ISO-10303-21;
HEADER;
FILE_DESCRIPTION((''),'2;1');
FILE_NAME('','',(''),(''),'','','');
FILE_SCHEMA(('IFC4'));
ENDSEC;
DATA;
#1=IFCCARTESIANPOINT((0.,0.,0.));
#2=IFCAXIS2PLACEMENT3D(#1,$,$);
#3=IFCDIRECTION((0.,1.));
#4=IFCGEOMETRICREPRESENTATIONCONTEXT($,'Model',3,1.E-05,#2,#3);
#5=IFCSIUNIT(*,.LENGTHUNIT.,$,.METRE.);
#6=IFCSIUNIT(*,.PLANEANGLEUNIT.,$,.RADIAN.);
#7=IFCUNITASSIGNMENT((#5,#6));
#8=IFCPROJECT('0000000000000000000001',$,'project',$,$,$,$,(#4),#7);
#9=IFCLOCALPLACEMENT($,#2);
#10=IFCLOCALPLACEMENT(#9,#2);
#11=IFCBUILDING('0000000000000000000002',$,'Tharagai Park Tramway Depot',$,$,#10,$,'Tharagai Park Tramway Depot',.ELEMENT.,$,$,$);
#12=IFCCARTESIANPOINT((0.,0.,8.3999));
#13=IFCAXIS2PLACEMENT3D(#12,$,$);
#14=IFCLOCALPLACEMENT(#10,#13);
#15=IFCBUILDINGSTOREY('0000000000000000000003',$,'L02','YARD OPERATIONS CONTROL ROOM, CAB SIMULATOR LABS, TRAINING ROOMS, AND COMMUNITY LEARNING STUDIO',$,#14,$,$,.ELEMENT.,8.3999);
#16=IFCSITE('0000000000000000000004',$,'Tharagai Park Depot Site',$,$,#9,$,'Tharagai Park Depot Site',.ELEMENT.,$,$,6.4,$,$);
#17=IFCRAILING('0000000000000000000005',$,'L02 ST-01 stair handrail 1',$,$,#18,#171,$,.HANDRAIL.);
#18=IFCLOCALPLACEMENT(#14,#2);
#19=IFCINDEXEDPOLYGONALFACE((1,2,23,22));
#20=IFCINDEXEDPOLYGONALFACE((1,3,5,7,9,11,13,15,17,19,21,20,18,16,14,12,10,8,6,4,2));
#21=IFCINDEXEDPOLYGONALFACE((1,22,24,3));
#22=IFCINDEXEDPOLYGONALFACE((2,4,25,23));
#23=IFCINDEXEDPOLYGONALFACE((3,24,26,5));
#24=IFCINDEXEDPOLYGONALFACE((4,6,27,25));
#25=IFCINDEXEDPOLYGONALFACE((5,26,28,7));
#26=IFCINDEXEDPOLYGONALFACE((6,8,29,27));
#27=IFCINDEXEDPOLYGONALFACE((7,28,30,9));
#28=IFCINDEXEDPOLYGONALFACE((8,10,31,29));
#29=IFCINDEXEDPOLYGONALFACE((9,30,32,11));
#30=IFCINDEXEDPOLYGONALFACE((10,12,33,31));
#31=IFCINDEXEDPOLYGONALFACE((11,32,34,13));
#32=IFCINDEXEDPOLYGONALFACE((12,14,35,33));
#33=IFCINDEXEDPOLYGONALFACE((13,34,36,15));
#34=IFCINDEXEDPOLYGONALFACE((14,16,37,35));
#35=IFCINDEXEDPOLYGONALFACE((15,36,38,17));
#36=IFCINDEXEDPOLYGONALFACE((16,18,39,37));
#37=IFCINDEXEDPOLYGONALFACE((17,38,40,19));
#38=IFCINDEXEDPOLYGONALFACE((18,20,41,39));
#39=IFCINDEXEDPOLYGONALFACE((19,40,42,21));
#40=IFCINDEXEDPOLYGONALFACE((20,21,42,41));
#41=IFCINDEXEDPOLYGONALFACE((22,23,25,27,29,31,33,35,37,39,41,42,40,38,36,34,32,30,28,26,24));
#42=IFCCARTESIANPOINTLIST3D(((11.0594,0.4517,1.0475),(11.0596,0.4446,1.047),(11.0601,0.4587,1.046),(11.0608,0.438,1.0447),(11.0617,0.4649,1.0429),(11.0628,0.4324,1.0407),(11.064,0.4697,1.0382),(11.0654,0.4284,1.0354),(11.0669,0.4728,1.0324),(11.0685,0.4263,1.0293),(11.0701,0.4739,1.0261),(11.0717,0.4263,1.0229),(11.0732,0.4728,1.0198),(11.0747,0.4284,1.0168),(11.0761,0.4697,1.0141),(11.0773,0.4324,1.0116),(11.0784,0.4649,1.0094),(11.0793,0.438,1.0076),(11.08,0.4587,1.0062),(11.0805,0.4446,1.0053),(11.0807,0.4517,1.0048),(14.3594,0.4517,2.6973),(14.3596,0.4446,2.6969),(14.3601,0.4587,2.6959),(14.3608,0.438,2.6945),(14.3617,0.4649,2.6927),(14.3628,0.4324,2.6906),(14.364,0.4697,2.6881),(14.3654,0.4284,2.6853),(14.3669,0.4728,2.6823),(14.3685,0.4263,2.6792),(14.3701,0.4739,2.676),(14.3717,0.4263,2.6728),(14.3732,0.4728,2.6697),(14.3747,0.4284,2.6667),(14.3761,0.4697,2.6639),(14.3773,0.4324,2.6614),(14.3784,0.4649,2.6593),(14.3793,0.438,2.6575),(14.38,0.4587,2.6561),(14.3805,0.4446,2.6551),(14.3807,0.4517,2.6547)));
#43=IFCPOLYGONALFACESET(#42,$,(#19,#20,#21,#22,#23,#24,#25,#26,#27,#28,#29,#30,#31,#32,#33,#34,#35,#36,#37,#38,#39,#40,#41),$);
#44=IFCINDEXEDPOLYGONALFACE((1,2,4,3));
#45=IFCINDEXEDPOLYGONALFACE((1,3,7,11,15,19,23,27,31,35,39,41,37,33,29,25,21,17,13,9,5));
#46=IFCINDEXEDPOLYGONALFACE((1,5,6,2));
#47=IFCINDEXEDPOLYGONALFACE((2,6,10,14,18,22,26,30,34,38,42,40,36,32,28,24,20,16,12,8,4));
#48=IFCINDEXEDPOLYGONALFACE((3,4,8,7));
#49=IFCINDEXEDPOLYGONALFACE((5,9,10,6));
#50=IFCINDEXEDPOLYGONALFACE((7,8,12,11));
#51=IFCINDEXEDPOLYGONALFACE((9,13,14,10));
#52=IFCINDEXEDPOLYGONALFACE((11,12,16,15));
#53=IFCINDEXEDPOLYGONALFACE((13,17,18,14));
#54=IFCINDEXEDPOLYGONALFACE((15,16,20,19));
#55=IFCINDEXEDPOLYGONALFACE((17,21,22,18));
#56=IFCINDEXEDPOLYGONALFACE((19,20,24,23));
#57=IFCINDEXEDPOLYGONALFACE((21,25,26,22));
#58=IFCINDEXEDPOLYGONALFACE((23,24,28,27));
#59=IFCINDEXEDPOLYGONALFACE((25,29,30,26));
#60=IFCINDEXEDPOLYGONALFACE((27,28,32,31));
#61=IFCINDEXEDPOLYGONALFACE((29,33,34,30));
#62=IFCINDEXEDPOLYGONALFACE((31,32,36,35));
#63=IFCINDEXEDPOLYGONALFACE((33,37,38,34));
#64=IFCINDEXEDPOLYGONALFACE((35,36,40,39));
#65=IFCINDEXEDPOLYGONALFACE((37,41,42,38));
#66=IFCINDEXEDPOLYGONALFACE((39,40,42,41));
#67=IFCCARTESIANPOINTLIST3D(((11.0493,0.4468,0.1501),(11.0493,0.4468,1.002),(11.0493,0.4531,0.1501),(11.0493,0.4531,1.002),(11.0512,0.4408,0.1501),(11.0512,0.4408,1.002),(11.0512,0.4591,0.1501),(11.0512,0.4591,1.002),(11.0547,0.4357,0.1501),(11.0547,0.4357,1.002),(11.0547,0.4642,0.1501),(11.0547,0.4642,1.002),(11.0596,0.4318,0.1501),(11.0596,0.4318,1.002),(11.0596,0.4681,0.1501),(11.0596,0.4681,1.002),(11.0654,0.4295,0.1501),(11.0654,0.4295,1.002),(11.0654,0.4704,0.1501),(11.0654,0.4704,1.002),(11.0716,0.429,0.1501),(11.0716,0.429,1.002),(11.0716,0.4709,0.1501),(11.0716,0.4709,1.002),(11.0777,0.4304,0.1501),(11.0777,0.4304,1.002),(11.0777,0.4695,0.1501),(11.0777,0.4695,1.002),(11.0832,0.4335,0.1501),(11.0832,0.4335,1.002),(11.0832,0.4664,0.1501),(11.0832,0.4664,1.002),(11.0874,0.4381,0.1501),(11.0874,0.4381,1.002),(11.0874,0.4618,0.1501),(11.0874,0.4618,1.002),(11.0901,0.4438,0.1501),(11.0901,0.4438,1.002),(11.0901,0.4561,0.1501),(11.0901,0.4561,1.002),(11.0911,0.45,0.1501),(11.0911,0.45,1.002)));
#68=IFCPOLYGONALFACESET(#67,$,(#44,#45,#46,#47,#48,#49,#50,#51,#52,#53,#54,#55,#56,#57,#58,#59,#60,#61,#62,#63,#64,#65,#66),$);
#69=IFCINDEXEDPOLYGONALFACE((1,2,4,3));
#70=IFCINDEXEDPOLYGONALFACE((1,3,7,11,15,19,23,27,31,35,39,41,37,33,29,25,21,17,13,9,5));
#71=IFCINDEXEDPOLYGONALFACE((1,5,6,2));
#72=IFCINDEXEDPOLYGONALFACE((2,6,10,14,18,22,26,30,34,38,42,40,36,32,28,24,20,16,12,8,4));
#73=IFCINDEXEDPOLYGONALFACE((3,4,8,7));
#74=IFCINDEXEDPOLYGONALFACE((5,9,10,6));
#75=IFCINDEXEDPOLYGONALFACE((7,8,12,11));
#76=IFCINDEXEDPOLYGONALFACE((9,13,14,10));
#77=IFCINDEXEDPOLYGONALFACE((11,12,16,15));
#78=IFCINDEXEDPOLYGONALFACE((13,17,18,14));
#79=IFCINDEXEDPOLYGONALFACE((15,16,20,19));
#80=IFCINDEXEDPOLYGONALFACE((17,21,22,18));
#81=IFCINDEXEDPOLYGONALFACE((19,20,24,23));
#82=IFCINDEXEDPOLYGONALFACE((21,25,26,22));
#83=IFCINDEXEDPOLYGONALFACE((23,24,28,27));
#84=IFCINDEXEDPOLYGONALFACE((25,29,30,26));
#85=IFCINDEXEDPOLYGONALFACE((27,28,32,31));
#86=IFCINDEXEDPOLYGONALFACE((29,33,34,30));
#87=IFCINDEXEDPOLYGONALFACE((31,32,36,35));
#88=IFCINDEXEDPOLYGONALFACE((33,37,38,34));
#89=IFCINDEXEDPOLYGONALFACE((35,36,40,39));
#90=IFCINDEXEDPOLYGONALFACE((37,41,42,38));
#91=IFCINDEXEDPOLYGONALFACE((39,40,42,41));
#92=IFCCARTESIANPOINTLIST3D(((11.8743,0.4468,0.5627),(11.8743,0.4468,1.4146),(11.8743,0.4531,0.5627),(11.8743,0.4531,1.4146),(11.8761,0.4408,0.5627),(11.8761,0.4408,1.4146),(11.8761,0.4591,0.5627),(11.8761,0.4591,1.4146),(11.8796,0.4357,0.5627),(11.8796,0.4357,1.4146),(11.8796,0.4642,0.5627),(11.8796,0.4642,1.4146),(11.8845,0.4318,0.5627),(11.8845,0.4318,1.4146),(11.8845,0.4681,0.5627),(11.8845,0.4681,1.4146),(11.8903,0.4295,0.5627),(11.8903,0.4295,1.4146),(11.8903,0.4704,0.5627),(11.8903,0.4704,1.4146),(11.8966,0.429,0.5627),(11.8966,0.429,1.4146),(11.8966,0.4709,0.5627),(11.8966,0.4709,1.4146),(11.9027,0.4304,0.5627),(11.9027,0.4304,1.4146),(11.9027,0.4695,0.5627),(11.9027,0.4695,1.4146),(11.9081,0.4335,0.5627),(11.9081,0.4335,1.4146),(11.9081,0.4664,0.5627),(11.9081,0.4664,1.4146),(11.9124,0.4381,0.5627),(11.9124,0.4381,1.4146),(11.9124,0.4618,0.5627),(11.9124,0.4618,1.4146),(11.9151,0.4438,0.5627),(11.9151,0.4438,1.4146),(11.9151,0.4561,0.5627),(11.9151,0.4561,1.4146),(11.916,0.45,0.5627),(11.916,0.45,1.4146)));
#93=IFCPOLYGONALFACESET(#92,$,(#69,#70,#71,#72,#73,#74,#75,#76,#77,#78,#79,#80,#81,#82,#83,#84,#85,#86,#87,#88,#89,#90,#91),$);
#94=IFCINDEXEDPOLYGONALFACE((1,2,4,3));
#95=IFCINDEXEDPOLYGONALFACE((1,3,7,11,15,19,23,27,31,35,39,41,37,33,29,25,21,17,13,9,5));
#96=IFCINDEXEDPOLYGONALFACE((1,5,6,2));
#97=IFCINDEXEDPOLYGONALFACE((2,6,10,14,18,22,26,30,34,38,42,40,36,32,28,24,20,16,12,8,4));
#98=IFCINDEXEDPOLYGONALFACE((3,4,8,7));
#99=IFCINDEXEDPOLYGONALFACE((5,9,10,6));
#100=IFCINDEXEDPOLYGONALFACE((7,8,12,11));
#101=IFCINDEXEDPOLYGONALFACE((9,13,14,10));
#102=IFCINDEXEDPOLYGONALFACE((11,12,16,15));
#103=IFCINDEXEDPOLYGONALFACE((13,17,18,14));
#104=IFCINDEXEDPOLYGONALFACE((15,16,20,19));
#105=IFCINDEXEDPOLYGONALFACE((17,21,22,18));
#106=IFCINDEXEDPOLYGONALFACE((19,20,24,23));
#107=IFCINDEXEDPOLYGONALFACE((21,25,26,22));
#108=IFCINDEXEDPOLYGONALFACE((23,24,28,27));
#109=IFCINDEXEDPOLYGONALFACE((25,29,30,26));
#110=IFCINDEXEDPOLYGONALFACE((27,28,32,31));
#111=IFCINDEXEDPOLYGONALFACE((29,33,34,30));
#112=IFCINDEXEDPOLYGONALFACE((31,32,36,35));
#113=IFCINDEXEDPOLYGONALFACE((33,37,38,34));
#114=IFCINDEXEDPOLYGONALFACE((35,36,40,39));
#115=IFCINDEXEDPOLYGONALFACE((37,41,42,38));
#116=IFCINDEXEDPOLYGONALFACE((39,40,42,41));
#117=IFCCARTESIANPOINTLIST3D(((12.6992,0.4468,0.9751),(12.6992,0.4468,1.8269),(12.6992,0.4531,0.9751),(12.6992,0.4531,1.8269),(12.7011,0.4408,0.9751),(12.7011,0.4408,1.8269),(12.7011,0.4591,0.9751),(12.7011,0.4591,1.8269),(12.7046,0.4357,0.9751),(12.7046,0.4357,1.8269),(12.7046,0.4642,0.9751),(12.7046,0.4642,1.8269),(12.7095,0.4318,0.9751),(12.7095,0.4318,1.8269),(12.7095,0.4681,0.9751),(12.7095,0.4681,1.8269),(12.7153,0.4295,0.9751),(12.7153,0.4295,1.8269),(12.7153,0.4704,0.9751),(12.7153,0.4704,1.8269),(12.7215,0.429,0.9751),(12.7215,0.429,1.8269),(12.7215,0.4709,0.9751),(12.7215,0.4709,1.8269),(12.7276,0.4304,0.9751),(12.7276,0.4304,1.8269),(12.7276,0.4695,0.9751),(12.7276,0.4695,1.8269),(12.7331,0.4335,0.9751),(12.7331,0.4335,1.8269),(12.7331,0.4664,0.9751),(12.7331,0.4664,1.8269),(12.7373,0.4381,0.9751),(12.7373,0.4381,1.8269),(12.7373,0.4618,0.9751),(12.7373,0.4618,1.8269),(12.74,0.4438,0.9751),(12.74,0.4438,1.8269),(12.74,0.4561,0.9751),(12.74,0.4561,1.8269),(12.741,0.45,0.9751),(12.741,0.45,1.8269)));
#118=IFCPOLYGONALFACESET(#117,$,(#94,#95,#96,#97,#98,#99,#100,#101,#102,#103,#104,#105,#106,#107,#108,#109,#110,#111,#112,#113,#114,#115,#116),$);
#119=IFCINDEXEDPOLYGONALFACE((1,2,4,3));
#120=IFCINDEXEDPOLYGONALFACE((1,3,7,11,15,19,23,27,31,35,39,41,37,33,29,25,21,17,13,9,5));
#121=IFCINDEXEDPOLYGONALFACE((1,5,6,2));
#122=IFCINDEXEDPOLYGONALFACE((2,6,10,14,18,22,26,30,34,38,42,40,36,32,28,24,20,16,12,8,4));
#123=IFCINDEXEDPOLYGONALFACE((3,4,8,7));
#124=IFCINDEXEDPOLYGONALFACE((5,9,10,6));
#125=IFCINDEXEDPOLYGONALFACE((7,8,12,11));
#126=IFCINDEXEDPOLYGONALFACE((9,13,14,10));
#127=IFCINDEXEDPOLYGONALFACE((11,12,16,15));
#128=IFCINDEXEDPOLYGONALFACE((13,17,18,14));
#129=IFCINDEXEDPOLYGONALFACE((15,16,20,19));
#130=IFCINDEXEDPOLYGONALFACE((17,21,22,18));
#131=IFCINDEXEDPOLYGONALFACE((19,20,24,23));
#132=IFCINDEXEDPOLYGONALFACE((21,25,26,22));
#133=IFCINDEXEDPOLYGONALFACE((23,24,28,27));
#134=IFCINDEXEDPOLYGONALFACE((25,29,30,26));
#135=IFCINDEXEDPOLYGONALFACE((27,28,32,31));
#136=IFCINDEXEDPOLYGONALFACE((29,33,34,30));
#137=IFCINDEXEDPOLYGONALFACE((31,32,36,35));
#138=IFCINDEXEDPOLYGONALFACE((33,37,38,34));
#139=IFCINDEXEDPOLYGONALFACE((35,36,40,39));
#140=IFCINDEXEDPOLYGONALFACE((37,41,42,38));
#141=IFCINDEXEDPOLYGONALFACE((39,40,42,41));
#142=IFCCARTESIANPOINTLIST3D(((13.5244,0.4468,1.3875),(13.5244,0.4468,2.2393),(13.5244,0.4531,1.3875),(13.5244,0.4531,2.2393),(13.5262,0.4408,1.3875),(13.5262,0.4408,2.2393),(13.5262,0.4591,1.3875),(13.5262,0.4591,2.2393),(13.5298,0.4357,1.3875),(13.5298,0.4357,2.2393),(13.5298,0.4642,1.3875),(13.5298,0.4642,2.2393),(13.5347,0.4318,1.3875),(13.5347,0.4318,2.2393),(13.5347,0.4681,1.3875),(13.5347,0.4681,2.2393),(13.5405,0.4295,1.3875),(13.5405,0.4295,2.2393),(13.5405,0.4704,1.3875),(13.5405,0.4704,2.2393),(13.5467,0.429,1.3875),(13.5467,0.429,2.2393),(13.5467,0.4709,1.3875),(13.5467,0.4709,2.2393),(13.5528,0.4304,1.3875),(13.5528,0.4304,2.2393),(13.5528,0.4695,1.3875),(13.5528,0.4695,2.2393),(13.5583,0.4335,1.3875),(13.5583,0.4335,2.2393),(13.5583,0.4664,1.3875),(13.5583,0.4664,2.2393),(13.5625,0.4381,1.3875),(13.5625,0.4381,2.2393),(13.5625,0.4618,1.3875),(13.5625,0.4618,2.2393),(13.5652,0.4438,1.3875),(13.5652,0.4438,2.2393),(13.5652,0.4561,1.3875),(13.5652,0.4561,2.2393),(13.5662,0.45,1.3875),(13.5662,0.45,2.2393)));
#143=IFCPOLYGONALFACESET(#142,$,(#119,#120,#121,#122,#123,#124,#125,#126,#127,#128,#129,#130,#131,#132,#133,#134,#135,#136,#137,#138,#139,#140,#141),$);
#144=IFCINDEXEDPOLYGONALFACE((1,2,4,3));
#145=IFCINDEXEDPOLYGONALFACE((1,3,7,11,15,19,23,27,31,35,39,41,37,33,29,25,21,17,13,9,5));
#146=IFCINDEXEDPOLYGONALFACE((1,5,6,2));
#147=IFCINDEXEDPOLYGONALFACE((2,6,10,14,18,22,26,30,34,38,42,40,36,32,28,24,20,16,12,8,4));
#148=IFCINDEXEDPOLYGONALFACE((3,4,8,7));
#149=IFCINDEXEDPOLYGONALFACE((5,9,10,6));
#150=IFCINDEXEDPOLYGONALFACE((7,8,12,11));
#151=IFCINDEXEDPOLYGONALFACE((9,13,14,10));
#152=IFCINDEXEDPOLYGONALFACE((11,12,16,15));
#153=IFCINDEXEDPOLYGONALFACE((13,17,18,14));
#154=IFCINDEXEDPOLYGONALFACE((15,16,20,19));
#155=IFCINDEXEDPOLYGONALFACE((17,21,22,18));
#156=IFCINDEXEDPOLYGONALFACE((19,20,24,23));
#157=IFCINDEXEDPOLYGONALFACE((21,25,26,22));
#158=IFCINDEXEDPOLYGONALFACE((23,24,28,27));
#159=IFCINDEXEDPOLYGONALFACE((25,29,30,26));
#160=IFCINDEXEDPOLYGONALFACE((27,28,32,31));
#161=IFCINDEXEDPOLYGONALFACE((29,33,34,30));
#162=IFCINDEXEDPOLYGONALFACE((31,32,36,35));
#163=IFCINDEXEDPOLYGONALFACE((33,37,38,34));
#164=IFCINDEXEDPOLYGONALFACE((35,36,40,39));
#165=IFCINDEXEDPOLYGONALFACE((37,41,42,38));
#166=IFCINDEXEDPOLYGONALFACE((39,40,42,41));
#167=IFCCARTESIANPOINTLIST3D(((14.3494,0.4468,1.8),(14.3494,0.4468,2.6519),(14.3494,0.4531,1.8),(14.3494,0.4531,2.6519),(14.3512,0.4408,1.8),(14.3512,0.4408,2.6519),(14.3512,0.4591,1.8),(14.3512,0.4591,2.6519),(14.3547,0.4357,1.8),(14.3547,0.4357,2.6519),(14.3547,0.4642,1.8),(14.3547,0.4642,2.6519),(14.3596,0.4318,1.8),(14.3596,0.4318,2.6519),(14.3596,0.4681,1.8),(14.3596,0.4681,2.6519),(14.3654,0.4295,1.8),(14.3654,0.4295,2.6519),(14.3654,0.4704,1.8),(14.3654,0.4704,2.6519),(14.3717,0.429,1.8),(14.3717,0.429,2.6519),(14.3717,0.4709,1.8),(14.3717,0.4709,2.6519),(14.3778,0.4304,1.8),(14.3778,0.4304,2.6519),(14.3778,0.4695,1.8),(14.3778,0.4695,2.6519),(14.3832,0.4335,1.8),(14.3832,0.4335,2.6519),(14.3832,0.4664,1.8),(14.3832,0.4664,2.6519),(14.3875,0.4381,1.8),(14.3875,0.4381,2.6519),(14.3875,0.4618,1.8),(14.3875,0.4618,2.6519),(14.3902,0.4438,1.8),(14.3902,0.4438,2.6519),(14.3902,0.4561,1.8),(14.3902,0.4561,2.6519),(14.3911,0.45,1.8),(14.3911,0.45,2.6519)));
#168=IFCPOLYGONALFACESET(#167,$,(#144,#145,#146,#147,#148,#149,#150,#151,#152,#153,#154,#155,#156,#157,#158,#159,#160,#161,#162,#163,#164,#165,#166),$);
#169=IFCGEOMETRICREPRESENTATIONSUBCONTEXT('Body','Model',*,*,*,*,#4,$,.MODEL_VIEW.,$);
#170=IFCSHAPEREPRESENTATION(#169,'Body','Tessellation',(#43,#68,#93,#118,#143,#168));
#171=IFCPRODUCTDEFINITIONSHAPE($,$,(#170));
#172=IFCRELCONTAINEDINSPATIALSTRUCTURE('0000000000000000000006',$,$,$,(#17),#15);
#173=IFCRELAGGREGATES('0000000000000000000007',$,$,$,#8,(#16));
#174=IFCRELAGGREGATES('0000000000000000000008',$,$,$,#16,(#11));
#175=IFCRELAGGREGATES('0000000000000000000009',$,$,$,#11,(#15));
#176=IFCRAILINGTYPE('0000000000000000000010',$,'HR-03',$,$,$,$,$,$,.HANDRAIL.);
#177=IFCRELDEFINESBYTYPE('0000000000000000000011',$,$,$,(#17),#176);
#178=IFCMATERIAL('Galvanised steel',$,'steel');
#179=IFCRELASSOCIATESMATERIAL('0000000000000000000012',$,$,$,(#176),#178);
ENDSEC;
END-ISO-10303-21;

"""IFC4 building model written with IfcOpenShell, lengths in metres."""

from ifc_helpers import new_model, si_unit, direction, frame, origin, origin_2d, place, context, subcontext, project, spatial, circle, extrude, material, type_object, element, save


model = new_model("IFC4")

# Units and contexts
model_context = context("Model", 3, precision=1e-05, world=origin(), true_north=direction((0.0, 1.0)))
body_context = subcontext(model_context, "Body", "Model", "MODEL_VIEW")
ifc_project = project(units=[si_unit("LENGTHUNIT", "METRE"), si_unit("PLANEANGLEUNIT", "RADIAN")], contexts=[model_context])

# Site, building, storey
site_placement = place(None, origin())
site = spatial("IfcSite", under=ifc_project, at=site_placement, Name="Tharagai Park Depot Site", LongName="Tharagai Park Depot Site", CompositionType="ELEMENT", RefElevation=6.4)
building_placement = place(site_placement, origin())
building = spatial("IfcBuilding", under=site, at=building_placement, Name="Tharagai Park Tramway Depot", LongName="Tharagai Park Tramway Depot", CompositionType="ELEMENT")
storey_placement = place(building_placement, frame((0.0, 0.0, 8.3999)))
storey = spatial("IfcBuildingStorey", under=building, at=storey_placement, Name="L02", Description="YARD OPERATIONS CONTROL ROOM, CAB SIMULATOR LABS, TRAINING ROOMS, AND COMMUNITY LEARNING STUDIO", CompositionType="ELEMENT", Elevation=8.3999)

# Shared definitions
ifc_material_1 = material(Name="Galvanised steel", Category="steel")

# Railing
railing_type_1 = type_object("IfcRailingType", Name="HR-03", PredefinedType="HANDRAIL", material=ifc_material_1)
railing_1_placement = place(storey_placement, frame((11.0701, 0.45, 0.1501)))
element("IfcRailing", 1, at=railing_1_placement, inside=storey, type_object=railing_type_1, Name="L02 ST-01 stair handrail 1", PredefinedType="HANDRAIL", context=body_context, shape_type="SweptSolid", body=[
    extrude(circle(Radius=0.0239, at=origin_2d()), frame((0.0, 0.0, 0.876), z_axis=(0.89444, 0.0, 0.447187), x_axis=(0.0, 1.0, 0.0)), (0.0, 0.0, 1.0), 3.6895),
    extrude(circle(Radius=0.021, at=origin_2d()), origin(), (0.0, 0.0, 1.0), 0.8518),
    extrude(circle(Radius=0.021, at=origin_2d()), frame((0.825, 0.0, 0.4126)), (0.0, 0.0, 1.0), 0.8518),
    extrude(circle(Radius=0.021, at=origin_2d()), frame((1.6499, 0.0, 0.825)), (0.0, 0.0, 1.0), 0.8518),
    extrude(circle(Radius=0.021, at=origin_2d()), frame((2.4751, 0.0, 1.2373)), (0.0, 0.0, 1.0), 0.8518),
    extrude(circle(Radius=0.021, at=origin_2d()), frame((3.3, 0.0, 1.6499)), (0.0, 0.0, 1.0), 0.8518),
])

save(model, "model.ifc")
